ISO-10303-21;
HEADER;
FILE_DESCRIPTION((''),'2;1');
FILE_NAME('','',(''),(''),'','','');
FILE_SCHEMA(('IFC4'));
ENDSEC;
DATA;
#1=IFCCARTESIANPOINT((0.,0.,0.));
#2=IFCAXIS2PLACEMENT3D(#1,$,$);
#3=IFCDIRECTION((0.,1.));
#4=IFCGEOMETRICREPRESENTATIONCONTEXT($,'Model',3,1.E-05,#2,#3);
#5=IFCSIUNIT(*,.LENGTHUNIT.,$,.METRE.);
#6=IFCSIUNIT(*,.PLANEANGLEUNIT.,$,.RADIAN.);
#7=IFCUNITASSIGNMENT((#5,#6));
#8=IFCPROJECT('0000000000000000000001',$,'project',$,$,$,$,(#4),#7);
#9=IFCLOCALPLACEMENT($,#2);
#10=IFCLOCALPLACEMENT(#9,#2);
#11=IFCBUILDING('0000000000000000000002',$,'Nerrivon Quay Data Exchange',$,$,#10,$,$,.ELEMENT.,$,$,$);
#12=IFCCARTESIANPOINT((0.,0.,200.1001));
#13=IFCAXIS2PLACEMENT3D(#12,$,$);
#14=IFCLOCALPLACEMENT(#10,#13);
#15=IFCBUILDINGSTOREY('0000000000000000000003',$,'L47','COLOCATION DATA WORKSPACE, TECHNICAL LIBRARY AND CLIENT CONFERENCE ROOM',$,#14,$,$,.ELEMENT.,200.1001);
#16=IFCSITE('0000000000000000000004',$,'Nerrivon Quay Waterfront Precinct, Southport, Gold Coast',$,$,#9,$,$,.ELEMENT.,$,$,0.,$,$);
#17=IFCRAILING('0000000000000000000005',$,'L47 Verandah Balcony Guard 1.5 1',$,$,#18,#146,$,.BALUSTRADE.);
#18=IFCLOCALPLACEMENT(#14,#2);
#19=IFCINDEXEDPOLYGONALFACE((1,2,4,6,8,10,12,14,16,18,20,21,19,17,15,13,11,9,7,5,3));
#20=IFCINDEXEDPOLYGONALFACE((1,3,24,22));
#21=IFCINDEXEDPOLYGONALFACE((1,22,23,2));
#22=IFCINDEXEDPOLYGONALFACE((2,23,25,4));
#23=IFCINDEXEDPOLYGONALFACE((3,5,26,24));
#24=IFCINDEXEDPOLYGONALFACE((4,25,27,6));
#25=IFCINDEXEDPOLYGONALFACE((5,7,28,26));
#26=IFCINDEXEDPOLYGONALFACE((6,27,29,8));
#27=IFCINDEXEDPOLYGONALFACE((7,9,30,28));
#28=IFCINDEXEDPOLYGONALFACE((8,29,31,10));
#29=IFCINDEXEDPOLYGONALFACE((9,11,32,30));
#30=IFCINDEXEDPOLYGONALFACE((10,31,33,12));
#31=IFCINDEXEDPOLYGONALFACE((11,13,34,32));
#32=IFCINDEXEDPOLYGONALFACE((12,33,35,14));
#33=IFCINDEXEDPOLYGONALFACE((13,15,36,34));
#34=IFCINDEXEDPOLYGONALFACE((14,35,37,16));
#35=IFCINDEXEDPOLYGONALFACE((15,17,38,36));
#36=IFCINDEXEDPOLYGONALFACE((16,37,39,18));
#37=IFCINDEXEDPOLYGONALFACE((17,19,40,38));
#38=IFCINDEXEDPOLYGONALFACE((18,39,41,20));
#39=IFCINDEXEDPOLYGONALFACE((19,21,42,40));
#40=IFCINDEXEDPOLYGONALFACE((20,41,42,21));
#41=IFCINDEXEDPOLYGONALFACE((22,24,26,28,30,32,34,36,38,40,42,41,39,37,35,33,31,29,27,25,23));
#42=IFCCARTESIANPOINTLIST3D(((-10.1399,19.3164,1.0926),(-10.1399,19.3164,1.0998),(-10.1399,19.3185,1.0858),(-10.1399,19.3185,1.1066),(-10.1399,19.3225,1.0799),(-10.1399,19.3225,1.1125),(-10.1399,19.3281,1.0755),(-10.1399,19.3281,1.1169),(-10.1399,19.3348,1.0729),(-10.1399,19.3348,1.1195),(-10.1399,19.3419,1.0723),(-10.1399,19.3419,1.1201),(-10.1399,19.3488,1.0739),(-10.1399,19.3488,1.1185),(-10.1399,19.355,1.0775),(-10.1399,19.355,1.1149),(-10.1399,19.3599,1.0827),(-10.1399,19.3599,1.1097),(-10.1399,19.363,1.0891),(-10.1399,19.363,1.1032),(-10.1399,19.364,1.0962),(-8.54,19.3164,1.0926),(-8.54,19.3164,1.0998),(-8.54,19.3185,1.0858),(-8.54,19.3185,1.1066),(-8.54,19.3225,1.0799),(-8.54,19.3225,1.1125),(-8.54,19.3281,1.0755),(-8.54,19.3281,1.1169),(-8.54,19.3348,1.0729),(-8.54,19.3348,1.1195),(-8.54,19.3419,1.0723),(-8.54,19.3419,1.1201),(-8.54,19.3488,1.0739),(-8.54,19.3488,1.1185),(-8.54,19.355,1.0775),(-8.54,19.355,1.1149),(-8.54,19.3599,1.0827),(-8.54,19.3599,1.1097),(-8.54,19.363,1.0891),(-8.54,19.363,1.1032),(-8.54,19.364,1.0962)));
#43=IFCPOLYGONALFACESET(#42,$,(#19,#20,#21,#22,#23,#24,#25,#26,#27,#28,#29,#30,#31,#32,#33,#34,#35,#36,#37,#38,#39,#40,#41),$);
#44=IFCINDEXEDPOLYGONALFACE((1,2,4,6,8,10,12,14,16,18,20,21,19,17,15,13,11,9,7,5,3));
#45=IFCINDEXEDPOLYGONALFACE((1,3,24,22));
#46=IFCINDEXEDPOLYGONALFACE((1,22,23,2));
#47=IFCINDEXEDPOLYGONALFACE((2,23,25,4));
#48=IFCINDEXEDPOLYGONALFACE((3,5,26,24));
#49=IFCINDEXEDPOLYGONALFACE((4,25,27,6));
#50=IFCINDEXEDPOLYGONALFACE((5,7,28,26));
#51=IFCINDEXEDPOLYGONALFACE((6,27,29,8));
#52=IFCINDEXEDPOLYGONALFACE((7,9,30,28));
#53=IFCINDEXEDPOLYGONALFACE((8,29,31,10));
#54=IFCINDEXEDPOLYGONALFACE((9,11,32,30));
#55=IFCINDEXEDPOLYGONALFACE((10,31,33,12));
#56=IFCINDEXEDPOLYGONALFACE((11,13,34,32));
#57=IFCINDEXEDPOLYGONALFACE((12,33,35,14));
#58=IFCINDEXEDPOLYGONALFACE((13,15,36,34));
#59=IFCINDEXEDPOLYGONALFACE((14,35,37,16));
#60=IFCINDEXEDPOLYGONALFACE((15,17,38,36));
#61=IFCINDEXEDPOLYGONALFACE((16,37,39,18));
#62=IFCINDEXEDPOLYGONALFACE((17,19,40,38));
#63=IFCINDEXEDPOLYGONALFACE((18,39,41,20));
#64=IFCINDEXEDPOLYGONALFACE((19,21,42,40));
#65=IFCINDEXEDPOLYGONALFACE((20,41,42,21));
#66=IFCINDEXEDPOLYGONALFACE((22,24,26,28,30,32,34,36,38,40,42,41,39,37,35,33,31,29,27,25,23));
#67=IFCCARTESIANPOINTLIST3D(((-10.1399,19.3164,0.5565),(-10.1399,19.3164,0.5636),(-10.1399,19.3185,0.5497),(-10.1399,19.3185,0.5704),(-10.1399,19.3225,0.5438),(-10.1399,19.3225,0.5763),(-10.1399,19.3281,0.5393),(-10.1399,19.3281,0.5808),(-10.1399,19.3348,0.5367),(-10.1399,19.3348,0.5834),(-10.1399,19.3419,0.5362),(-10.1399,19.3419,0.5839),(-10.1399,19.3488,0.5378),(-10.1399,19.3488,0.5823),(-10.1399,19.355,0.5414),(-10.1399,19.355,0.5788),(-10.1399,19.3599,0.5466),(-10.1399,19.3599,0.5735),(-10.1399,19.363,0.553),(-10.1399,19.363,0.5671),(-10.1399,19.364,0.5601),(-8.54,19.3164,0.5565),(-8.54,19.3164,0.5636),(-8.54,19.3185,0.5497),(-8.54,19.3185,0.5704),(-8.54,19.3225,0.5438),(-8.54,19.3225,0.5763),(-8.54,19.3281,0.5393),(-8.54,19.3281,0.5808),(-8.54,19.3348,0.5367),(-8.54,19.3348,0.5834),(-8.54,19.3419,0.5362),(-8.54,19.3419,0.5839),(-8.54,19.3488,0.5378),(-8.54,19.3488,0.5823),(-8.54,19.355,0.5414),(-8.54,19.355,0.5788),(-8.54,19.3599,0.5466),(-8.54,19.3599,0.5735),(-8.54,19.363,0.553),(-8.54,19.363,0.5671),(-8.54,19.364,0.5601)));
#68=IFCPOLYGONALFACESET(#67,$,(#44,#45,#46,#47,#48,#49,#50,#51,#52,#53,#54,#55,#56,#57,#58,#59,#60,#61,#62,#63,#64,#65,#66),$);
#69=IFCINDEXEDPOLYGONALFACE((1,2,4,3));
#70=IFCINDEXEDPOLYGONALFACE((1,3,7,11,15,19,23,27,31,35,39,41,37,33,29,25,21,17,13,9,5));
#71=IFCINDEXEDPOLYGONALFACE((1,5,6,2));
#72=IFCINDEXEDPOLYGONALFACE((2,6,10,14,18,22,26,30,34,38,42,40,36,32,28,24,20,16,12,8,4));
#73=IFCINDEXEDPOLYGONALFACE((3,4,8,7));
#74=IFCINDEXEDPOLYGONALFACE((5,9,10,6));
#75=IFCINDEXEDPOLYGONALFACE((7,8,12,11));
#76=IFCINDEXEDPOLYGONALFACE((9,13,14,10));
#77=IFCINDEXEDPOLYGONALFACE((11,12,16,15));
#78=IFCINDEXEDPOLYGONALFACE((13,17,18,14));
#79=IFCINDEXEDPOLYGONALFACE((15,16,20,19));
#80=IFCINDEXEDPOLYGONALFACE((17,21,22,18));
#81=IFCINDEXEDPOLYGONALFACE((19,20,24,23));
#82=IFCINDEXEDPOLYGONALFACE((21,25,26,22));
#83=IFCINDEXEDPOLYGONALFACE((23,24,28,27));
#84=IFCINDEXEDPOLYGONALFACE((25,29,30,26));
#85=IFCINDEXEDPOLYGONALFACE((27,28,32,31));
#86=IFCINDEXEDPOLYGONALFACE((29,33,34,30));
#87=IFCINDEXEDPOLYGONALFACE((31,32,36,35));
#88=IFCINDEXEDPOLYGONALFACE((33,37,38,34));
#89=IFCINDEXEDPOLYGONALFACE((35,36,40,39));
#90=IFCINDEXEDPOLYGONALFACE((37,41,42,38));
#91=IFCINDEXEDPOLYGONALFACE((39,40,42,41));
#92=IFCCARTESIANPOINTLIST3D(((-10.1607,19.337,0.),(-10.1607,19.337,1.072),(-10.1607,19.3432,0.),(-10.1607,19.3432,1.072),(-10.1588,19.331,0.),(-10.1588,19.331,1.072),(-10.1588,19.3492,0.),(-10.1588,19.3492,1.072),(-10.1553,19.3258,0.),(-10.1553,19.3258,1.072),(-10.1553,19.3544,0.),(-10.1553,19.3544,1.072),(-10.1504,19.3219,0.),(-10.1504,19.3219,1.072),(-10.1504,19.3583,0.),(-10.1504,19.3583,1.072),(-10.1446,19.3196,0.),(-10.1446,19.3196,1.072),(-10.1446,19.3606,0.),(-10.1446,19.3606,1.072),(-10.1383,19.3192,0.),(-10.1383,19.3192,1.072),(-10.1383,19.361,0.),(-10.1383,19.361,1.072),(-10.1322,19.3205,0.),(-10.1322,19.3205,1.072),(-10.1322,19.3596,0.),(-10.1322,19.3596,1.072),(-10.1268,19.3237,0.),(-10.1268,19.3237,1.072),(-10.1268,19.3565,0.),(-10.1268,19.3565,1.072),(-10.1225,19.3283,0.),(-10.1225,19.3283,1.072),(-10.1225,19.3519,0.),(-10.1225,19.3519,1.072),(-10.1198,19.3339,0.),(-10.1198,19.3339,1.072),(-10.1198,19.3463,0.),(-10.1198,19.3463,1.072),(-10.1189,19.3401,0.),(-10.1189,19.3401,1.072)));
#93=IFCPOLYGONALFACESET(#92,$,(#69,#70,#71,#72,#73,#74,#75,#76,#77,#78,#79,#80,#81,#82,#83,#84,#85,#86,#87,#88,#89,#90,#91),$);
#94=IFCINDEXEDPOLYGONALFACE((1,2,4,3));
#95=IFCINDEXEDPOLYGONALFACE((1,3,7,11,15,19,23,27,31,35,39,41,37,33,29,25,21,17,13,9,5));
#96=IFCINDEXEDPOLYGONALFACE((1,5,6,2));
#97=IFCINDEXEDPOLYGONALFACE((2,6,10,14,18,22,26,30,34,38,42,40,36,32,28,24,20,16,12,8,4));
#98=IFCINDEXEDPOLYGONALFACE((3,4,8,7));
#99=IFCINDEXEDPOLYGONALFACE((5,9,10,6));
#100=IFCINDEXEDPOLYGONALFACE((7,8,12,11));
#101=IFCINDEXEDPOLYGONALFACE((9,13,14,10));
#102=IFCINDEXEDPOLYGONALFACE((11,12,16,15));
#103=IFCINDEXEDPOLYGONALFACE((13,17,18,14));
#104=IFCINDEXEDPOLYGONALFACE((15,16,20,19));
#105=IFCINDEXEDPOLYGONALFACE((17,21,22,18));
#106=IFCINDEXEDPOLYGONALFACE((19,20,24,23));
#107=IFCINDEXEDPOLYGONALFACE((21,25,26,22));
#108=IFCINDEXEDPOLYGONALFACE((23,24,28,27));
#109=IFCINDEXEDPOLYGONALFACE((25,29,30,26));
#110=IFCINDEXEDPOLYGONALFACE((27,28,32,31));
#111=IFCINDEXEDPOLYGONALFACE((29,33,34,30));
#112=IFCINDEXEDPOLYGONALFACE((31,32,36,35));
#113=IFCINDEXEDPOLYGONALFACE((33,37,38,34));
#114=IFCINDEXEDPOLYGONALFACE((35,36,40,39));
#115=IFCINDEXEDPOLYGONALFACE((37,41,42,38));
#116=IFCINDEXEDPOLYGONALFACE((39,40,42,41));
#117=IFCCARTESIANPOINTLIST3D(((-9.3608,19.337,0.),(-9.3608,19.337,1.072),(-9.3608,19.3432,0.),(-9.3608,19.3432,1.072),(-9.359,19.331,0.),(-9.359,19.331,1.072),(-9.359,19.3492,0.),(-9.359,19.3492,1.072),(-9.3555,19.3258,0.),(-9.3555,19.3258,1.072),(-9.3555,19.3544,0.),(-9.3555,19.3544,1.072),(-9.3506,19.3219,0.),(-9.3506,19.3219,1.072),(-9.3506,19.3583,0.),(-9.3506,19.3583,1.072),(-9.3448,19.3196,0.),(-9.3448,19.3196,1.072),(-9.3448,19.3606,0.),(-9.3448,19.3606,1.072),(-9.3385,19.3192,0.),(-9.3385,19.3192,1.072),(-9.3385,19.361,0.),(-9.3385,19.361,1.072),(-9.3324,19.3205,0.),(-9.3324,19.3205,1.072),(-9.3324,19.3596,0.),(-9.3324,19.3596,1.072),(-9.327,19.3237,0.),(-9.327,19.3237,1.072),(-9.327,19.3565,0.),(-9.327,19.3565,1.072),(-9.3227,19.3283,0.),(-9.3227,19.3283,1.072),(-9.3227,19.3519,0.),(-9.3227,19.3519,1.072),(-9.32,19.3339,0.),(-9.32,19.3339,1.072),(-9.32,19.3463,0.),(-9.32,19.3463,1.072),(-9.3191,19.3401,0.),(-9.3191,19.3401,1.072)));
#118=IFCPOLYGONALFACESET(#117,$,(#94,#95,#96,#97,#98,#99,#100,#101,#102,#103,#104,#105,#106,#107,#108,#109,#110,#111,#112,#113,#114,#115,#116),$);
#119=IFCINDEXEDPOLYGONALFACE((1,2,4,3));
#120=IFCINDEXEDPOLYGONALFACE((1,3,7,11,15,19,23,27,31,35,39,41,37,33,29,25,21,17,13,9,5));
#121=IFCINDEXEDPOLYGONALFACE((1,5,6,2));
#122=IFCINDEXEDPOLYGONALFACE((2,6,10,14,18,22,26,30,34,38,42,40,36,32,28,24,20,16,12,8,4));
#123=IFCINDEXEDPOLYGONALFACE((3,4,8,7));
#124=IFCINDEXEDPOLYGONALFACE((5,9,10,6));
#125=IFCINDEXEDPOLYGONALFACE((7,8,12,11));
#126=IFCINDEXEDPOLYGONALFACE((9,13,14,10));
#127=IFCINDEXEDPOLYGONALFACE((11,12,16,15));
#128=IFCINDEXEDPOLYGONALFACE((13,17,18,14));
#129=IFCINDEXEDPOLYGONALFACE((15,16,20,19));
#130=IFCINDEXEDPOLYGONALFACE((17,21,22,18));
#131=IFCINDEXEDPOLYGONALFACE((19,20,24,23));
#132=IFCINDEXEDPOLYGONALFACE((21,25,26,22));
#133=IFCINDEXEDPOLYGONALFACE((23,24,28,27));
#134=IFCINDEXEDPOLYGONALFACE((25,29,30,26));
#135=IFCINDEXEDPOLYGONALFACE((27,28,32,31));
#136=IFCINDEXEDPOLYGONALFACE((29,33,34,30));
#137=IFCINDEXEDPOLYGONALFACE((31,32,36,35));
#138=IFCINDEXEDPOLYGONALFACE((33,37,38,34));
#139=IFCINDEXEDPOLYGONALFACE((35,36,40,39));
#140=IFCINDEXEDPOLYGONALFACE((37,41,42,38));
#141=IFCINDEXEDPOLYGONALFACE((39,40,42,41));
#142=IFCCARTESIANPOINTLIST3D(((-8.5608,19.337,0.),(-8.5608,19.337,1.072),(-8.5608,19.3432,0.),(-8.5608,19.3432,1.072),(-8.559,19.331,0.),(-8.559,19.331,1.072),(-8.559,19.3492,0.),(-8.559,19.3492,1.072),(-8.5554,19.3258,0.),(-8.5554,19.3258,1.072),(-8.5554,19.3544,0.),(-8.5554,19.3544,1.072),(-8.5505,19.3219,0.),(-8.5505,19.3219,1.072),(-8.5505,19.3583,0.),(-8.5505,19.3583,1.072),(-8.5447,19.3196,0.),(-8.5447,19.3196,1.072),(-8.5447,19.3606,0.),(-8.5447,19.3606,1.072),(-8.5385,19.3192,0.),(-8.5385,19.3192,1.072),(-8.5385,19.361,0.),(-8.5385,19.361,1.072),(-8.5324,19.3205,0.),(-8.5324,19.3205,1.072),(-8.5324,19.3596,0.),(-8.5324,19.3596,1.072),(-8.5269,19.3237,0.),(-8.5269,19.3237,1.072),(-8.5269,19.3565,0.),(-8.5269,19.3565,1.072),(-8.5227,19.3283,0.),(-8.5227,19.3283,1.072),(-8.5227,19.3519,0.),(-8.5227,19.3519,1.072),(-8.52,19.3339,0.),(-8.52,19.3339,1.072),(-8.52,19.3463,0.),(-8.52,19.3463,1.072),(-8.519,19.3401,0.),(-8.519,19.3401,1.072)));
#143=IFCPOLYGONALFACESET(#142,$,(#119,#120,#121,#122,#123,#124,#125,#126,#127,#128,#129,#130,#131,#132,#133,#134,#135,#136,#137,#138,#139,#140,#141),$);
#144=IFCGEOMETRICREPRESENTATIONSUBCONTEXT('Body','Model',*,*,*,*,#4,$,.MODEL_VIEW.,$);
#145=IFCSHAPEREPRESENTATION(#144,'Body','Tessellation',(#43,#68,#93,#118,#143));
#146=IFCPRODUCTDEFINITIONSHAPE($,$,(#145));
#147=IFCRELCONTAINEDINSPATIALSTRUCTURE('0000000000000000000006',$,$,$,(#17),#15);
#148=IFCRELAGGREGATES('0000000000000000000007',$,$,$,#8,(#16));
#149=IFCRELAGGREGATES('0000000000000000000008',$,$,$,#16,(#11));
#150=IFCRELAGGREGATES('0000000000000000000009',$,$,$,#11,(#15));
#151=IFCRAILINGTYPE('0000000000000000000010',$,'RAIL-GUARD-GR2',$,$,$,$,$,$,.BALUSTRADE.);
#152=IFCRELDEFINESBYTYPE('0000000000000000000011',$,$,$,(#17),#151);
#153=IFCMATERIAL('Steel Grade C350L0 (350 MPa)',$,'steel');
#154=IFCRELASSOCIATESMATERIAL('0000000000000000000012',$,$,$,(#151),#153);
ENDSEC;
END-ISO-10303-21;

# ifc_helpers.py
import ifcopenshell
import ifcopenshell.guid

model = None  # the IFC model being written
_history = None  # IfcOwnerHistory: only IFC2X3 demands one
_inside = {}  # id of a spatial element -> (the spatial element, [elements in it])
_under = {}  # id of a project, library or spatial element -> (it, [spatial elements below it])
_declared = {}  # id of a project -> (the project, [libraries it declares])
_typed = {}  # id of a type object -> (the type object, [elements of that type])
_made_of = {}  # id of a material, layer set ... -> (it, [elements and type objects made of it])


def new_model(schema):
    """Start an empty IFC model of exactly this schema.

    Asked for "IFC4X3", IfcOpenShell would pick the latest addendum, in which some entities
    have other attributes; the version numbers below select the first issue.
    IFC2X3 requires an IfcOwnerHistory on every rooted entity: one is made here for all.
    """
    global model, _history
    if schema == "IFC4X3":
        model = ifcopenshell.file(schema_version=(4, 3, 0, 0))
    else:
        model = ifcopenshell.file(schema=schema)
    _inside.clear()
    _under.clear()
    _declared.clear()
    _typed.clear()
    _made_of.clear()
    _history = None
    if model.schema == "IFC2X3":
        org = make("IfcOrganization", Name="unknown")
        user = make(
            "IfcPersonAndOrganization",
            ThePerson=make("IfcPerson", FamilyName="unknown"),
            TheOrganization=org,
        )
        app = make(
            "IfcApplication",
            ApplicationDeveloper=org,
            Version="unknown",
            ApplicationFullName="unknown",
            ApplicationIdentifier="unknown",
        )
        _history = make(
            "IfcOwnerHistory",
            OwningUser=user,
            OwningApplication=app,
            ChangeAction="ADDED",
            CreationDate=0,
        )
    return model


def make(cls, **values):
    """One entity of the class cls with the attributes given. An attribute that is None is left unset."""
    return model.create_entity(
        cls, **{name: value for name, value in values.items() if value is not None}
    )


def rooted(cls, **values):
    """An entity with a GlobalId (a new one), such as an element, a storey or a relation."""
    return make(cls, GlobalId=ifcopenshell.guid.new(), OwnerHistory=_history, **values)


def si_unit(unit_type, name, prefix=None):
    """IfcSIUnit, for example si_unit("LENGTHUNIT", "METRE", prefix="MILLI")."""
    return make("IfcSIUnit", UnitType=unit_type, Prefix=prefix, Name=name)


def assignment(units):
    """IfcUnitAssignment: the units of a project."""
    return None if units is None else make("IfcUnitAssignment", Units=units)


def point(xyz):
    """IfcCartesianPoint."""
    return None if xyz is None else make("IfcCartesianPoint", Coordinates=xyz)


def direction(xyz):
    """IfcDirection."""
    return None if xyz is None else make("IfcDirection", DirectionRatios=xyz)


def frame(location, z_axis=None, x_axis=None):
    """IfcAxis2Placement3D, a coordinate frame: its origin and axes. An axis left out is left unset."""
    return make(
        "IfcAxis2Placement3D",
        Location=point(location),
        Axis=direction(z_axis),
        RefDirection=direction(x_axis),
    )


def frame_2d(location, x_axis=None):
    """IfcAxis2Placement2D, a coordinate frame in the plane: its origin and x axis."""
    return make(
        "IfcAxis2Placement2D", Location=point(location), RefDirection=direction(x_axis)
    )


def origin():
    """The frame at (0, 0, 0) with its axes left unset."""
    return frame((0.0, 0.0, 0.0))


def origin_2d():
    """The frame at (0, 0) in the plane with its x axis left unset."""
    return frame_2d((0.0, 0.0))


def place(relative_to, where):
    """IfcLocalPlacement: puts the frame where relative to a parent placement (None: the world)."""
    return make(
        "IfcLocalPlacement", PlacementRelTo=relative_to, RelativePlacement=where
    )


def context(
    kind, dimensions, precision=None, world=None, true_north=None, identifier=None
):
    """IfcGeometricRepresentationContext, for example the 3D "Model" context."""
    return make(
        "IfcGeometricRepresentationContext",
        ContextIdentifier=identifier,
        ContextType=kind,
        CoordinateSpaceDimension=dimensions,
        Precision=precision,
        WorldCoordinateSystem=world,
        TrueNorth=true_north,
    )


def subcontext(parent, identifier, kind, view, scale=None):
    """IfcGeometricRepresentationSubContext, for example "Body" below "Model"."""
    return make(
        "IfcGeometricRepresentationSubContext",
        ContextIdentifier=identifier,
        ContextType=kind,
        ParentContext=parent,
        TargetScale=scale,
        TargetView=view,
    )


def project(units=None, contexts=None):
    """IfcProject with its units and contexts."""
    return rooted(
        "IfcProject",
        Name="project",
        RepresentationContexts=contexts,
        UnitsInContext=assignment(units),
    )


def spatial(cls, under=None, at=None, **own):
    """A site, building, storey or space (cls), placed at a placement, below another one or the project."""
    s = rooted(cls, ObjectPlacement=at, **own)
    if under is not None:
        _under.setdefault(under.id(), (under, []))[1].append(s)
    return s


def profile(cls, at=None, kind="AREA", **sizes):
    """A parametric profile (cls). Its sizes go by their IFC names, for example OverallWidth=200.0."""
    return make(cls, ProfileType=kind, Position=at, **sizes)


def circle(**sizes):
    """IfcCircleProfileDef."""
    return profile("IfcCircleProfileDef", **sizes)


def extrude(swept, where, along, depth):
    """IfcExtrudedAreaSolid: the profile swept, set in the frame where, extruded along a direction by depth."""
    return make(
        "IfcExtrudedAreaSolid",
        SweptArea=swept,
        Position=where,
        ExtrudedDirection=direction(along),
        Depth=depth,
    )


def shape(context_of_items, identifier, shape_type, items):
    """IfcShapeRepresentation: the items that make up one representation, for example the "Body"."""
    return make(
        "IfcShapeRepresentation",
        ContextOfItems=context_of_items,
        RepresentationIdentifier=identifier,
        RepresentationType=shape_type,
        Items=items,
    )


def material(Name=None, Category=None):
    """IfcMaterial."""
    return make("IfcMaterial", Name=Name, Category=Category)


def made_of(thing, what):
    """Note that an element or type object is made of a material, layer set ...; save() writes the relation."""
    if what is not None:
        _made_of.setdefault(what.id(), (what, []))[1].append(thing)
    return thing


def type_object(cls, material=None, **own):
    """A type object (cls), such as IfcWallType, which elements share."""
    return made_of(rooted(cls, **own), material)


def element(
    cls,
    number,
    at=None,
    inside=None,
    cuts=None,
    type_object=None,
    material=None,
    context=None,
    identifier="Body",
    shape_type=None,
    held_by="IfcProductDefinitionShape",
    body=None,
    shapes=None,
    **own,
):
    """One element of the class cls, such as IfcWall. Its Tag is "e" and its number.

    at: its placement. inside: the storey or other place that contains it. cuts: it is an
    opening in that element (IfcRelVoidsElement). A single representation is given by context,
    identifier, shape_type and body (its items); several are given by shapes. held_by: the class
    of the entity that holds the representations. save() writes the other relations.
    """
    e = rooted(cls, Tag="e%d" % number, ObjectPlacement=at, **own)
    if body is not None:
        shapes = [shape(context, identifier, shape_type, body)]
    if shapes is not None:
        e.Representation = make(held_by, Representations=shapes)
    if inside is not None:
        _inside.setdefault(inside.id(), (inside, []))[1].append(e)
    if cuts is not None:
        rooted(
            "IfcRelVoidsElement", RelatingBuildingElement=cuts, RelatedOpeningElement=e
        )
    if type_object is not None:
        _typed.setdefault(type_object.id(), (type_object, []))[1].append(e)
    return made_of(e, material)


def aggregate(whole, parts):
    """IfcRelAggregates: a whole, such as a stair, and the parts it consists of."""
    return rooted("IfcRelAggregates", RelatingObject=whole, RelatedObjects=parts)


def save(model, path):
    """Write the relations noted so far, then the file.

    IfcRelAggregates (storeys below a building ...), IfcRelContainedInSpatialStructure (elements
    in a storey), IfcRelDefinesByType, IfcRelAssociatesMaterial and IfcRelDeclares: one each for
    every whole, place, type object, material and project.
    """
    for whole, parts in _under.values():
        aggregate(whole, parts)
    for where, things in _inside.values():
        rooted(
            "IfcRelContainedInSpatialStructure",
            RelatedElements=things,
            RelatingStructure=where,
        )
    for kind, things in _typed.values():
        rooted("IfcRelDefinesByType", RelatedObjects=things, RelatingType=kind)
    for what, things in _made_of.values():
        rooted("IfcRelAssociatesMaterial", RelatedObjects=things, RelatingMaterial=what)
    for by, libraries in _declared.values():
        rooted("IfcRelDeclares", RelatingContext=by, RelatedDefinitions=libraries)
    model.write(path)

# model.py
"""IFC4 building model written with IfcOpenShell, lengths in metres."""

from ifc_helpers import new_model, si_unit, direction, frame, origin, origin_2d, place, context, subcontext, project, spatial, circle, extrude, material, type_object, element, save


model = new_model("IFC4")

# Units and contexts
model_context = context("Model", 3, precision=1e-05, world=origin(), true_north=direction((0.0, 1.0)))
body_context = subcontext(model_context, "Body", "Model", "MODEL_VIEW")
ifc_project = project(units=[si_unit("LENGTHUNIT", "METRE"), si_unit("PLANEANGLEUNIT", "RADIAN")], contexts=[model_context])

# Site, building, storey
site_placement = place(None, origin())
site = spatial("IfcSite", under=ifc_project, at=site_placement, Name="Nerrivon Quay Waterfront Precinct, Southport, Gold Coast", CompositionType="ELEMENT", RefElevation=0.0)
building_placement = place(site_placement, origin())
building = spatial("IfcBuilding", under=site, at=building_placement, Name="Nerrivon Quay Data Exchange", CompositionType="ELEMENT")
storey_placement = place(building_placement, frame((0.0, 0.0, 200.1001)))
storey = spatial("IfcBuildingStorey", under=building, at=storey_placement, Name="L47", Description="COLOCATION DATA WORKSPACE, TECHNICAL LIBRARY AND CLIENT CONFERENCE ROOM", CompositionType="ELEMENT", Elevation=200.1001)

# Railing
ifc_material_1 = material(Name="Steel Grade C350L0 (350 MPa)", Category="steel")
railing_type = type_object("IfcRailingType", Name="RAIL-GUARD-GR2", PredefinedType="BALUSTRADE", material=ifc_material_1)
railing_1_placement = place(storey_placement, frame((-10.1399, 19.3401, 0.0)))
element("IfcRailing", 1, at=railing_1_placement, inside=storey, type_object=railing_type, Name="L47 Verandah Balcony Guard 1.5 1", PredefinedType="BALUSTRADE", context=body_context, shape_type="SweptSolid", body=[
    extrude(circle(Radius=0.0239, at=origin_2d()), frame((0.0, 0.0, 1.0962), z_axis=(1.0, 0.0, 0.0), x_axis=(0.0, 1.0, 0.0)), (0.0, 0.0, 1.0), 1.5999),
    extrude(circle(Radius=0.0239, at=origin_2d()), frame((0.0, 0.0, 0.5601), z_axis=(1.0, 0.0, 0.0), x_axis=(0.0, 1.0, 0.0)), (0.0, 0.0, 1.0), 1.5999),
    extrude(circle(Radius=0.021, at=origin_2d()), origin(), (0.0, 0.0, 1.0), 1.072),
    extrude(circle(Radius=0.021, at=origin_2d()), frame((0.7998, 0.0, 0.0)), (0.0, 0.0, 1.0), 1.072),
    extrude(circle(Radius=0.021, at=origin_2d()), frame((1.5999, 0.0, 0.0)), (0.0, 0.0, 1.0), 1.072),
])

save(model, "model.ifc")
